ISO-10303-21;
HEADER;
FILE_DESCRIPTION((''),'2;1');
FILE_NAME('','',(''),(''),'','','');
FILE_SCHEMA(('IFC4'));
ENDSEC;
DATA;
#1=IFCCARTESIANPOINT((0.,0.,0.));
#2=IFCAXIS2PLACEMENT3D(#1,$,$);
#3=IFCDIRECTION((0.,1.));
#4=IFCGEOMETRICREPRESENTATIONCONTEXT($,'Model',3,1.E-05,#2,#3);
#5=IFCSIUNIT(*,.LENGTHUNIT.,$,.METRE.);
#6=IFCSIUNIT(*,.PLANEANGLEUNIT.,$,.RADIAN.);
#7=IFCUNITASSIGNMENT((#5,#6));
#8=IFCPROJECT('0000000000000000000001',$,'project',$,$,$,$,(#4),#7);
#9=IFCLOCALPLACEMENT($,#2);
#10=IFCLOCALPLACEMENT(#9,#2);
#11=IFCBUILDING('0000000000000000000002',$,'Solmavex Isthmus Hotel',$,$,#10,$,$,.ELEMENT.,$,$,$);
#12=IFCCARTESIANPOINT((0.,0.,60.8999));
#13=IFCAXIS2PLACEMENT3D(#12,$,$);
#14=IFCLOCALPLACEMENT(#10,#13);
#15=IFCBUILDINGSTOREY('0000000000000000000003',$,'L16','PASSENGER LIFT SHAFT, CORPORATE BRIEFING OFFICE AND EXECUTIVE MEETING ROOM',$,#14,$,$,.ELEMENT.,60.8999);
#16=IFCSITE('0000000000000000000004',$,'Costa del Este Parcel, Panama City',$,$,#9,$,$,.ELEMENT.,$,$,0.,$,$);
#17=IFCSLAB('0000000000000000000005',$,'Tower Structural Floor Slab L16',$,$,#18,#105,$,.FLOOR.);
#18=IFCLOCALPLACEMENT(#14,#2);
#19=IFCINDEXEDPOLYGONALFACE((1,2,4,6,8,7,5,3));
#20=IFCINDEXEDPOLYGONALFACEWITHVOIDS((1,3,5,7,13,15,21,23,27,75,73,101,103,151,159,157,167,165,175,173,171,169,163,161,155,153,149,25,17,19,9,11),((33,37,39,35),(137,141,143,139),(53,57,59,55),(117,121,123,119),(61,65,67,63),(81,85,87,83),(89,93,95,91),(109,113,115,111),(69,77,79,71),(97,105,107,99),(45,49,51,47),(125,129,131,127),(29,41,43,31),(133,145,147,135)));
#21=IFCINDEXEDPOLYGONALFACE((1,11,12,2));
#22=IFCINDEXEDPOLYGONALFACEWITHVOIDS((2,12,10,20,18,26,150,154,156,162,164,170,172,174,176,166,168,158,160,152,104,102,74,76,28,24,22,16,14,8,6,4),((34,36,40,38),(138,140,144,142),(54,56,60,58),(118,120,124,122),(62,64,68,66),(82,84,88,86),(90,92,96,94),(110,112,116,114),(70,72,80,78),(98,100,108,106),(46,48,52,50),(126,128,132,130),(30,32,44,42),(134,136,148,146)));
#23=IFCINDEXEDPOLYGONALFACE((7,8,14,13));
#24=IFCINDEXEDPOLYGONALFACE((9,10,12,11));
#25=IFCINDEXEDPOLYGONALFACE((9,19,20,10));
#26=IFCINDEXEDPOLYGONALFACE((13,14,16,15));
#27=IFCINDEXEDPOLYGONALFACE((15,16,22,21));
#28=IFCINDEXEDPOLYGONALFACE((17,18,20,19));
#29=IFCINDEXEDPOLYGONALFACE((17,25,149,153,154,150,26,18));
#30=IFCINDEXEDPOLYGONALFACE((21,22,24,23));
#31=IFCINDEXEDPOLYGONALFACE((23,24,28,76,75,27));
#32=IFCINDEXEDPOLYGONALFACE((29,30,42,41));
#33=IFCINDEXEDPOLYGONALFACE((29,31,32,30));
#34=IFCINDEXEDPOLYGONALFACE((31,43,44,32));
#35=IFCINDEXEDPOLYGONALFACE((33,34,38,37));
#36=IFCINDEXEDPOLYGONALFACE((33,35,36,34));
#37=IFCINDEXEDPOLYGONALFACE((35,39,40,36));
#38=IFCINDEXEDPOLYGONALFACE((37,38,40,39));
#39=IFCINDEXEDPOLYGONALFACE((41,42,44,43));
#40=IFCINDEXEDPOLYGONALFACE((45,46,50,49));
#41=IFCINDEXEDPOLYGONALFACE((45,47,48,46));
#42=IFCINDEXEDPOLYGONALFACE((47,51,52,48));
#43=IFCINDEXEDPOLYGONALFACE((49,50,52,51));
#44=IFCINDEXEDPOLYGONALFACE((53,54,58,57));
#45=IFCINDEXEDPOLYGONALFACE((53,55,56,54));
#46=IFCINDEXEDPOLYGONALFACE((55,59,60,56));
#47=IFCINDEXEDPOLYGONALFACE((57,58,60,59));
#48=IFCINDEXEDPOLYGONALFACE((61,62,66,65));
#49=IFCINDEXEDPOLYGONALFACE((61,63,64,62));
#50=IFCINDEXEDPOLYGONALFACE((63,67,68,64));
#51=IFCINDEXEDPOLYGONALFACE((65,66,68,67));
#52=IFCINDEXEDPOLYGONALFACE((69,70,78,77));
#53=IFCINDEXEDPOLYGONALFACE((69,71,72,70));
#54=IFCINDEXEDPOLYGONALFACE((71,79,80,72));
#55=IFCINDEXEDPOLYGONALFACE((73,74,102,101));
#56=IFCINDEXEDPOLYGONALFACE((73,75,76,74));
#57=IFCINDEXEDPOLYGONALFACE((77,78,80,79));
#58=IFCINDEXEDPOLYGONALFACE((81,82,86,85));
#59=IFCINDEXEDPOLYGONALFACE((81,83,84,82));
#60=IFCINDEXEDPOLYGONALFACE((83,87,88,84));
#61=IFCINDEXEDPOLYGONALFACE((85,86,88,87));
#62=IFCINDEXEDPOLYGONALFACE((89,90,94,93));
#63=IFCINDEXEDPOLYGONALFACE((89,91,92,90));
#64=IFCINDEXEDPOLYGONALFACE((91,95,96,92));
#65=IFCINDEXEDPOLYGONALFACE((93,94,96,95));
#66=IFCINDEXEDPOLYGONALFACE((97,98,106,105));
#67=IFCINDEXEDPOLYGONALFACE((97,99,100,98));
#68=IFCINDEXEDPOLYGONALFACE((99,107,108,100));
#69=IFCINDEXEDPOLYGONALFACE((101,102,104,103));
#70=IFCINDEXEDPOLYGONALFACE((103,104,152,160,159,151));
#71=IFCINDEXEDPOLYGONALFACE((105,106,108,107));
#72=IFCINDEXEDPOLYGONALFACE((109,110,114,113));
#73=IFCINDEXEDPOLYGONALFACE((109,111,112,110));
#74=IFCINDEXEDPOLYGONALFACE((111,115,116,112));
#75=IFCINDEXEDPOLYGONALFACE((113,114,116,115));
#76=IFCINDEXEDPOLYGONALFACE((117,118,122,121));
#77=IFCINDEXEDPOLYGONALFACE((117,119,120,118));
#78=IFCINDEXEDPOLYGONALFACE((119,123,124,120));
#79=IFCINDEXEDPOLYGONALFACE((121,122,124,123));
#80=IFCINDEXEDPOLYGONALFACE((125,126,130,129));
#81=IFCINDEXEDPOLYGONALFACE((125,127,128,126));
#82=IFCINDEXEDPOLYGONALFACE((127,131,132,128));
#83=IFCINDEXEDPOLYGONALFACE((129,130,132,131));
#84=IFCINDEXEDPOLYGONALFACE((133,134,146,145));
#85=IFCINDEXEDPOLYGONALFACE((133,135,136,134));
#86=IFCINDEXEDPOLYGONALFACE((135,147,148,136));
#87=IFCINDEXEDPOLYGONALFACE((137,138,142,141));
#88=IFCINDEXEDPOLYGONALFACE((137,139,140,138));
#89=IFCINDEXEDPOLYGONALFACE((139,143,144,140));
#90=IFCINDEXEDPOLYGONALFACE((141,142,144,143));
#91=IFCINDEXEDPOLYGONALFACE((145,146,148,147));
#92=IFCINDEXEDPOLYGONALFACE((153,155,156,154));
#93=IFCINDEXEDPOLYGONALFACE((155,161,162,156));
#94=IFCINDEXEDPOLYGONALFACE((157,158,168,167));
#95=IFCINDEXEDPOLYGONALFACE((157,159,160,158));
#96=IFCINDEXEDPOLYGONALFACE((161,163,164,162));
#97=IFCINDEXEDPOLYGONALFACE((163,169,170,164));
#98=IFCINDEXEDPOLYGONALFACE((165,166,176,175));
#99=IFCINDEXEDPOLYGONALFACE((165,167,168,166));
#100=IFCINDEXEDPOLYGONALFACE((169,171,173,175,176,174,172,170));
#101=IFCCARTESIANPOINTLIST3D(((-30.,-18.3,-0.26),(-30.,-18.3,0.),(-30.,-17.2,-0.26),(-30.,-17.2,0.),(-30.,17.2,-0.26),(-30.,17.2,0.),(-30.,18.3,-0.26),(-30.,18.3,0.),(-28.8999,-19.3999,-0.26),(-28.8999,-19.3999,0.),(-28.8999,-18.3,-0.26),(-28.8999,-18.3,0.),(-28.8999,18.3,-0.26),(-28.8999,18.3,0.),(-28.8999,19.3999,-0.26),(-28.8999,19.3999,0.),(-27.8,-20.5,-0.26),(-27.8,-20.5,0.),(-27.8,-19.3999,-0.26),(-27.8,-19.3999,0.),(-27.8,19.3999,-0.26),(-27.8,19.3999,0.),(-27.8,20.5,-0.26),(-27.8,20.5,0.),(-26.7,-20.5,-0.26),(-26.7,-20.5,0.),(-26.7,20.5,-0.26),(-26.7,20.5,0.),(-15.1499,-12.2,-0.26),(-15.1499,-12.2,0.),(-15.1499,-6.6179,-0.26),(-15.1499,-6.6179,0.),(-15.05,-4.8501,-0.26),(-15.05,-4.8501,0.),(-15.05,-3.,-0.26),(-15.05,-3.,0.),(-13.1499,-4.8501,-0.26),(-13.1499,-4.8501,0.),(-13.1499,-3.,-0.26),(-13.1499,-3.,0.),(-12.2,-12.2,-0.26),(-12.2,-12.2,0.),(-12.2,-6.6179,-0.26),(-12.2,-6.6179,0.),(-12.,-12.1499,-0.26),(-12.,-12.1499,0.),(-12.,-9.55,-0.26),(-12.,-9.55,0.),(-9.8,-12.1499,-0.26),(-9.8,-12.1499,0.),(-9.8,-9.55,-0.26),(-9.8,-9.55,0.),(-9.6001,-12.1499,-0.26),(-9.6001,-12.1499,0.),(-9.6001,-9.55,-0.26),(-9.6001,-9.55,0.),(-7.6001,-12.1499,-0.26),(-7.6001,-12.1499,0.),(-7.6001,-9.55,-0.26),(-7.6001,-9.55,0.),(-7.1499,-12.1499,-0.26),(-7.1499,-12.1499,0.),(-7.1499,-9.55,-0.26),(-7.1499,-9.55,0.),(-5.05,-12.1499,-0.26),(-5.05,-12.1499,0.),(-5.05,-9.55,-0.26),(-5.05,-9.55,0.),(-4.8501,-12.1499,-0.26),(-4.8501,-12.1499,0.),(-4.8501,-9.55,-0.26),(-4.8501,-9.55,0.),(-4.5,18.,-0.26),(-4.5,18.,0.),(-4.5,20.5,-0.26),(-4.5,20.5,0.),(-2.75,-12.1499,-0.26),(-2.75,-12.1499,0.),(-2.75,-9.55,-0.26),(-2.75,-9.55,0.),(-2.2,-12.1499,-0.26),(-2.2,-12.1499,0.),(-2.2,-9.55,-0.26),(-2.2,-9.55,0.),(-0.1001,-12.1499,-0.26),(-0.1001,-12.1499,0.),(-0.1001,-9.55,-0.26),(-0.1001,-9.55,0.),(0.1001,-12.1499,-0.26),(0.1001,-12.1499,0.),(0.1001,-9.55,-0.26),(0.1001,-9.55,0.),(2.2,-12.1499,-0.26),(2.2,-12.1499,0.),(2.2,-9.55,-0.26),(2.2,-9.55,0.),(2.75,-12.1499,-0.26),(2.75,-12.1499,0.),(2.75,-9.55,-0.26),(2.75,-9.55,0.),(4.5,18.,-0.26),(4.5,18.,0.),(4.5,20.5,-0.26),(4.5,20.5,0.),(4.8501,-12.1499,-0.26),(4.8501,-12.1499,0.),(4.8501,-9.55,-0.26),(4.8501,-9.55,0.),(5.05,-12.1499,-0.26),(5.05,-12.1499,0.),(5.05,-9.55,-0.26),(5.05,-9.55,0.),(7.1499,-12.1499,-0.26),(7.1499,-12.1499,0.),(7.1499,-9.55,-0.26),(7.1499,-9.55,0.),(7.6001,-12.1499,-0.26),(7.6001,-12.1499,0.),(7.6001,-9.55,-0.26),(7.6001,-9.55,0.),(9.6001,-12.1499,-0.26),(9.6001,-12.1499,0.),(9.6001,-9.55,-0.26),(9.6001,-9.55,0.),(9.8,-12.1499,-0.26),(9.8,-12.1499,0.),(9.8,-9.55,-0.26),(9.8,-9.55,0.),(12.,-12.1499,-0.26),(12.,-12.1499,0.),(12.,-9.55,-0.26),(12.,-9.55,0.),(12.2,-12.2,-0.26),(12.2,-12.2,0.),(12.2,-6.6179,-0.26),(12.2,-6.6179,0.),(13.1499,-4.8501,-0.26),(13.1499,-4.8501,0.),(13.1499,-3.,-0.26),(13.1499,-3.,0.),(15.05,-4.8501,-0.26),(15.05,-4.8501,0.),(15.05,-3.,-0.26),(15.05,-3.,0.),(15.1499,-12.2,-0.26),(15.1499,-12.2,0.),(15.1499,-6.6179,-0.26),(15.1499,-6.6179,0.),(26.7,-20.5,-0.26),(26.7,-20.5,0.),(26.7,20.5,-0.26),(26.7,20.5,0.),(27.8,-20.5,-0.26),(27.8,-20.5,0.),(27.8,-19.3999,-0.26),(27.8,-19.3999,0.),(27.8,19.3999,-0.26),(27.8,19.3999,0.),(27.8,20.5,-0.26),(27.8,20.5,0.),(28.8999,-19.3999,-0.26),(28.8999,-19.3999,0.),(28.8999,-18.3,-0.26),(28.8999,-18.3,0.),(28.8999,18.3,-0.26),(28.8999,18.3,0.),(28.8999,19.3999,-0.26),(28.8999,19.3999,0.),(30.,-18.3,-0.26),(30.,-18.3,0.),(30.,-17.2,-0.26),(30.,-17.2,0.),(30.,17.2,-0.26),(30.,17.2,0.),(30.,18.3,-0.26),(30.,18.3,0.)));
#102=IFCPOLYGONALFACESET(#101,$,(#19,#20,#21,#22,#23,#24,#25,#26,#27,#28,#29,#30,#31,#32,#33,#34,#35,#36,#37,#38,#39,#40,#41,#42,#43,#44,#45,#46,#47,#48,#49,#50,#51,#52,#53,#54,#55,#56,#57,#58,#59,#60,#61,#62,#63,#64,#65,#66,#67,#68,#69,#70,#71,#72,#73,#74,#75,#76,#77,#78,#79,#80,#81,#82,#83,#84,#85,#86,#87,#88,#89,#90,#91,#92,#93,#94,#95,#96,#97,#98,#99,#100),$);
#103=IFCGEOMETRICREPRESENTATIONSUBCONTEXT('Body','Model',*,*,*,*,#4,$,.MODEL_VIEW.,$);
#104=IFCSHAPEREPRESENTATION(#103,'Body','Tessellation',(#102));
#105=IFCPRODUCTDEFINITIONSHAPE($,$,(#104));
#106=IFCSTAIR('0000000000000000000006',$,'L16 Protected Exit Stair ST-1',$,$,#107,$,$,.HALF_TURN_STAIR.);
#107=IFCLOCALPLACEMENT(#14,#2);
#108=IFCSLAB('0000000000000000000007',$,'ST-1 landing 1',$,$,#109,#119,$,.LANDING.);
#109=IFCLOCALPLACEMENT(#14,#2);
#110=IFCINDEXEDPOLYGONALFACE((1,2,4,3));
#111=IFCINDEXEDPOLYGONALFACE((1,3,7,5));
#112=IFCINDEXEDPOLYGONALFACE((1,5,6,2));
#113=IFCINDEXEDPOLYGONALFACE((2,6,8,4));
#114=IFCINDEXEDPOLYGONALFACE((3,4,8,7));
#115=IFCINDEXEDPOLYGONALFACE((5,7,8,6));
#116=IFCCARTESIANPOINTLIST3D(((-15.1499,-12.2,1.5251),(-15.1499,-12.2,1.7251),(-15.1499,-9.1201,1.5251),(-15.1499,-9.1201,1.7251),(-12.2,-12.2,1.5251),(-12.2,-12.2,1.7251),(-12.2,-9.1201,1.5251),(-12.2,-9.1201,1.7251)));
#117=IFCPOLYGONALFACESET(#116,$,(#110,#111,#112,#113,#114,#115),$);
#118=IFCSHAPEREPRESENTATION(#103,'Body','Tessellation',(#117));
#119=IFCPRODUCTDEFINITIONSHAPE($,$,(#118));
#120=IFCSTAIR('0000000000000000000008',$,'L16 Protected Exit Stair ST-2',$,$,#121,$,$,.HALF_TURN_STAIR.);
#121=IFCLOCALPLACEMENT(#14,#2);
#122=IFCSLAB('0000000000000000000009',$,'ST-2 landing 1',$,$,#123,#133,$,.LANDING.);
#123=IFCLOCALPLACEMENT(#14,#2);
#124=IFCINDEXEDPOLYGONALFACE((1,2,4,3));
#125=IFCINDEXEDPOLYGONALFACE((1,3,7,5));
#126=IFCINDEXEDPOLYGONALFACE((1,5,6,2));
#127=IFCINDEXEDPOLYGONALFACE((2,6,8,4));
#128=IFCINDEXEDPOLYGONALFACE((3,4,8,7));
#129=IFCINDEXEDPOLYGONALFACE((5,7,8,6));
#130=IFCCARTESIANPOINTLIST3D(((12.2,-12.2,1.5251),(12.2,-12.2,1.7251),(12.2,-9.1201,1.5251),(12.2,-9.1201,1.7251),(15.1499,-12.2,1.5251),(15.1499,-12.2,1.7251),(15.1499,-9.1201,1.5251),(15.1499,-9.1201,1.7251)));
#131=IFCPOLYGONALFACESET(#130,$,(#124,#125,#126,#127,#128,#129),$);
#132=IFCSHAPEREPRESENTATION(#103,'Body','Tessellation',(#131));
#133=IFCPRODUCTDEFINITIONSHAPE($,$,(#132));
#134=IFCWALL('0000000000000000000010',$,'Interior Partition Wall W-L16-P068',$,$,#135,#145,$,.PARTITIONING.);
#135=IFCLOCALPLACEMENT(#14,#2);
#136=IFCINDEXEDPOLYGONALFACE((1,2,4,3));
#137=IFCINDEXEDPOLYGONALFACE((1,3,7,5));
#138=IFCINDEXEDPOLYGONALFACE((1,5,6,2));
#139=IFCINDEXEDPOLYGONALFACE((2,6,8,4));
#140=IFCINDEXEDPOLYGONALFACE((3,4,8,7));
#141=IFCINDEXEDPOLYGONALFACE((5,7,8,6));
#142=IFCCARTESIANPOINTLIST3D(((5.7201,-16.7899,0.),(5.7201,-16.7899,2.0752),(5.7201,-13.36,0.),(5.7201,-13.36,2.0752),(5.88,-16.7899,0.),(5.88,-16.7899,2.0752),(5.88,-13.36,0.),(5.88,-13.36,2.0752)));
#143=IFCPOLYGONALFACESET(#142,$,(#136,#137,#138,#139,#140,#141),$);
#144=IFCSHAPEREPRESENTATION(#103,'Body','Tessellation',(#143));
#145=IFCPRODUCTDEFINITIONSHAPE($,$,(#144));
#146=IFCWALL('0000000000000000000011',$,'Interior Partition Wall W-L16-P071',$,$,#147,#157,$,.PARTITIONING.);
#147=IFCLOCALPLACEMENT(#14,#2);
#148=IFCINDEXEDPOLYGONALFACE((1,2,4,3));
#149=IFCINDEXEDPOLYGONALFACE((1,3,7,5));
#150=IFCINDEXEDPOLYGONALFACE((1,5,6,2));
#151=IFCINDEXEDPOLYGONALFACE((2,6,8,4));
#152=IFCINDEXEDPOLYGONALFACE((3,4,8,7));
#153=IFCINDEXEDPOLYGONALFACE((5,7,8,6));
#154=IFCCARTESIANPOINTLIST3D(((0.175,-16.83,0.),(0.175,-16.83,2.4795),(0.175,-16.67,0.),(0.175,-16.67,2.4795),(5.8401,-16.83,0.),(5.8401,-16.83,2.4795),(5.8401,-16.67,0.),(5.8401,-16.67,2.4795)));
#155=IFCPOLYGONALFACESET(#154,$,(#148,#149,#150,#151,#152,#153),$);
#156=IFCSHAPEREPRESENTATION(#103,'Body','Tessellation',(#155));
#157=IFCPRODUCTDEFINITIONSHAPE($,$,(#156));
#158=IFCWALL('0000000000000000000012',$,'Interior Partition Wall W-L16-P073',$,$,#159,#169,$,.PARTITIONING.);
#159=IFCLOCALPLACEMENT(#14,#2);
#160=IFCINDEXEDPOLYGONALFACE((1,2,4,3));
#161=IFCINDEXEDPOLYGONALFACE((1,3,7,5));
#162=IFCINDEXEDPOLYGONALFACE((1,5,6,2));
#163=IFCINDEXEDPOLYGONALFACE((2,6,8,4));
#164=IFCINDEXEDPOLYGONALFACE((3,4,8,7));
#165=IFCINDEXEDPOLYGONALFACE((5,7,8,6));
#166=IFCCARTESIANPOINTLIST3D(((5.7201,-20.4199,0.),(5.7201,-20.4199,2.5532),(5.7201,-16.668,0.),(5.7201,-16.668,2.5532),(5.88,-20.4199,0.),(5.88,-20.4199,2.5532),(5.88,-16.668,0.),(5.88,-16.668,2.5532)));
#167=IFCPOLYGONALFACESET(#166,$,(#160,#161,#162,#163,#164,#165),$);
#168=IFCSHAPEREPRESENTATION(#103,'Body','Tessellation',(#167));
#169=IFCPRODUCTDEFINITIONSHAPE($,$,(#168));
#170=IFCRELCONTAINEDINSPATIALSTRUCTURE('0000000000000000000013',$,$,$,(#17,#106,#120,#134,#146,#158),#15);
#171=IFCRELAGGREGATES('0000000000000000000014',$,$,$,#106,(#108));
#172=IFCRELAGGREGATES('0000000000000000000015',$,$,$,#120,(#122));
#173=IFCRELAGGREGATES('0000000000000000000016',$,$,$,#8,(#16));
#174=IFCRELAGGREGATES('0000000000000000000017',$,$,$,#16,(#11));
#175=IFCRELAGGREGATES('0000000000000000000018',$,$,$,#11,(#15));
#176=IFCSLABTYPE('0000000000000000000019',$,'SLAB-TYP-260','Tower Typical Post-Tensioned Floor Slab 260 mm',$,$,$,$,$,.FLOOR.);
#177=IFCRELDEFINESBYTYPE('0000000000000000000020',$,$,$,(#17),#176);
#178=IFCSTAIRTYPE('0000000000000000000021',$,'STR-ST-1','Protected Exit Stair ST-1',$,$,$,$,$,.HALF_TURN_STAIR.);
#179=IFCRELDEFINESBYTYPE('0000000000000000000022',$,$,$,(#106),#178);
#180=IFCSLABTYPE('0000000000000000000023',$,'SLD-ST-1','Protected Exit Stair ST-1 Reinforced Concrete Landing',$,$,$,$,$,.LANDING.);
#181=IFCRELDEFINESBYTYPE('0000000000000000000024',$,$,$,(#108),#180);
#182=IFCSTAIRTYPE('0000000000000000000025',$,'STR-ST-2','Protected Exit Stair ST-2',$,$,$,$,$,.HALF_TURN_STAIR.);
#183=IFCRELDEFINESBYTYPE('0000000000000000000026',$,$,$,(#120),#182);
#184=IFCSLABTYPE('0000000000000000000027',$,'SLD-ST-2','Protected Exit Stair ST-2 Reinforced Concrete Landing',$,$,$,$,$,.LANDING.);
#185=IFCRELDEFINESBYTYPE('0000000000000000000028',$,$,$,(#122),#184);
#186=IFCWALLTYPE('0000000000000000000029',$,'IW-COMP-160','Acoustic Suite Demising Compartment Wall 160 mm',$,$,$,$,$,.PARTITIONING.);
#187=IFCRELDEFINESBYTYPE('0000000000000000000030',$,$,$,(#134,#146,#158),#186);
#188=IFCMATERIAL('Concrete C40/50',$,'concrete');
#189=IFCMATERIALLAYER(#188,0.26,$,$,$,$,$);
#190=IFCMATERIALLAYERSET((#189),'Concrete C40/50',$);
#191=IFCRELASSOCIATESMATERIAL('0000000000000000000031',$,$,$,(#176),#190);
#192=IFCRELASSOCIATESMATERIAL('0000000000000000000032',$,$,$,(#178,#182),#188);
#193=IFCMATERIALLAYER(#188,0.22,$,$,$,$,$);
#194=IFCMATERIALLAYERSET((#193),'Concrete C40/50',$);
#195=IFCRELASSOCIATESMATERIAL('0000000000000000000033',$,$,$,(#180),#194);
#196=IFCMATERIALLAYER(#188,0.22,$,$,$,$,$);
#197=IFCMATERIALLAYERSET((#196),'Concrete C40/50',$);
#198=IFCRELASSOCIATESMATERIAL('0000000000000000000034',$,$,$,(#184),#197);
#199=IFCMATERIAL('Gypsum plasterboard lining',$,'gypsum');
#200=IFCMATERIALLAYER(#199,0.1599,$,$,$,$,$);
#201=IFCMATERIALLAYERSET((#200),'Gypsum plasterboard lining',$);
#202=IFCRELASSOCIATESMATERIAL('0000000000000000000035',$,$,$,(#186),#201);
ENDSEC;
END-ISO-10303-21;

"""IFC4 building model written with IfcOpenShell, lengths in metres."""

from ifc_helpers import new_model, si_unit, direction, frame, frame_2d, origin, place, context, subcontext, project, spatial, polyline, rectangle, outline, extrude, material, layer, layer_set, type_object, element, aggregate, save


model = new_model("IFC4")

# Units and contexts
model_context = context("Model", 3, precision=1e-05, world=origin(), true_north=direction((0.0, 1.0)))
body_context = subcontext(model_context, "Body", "Model", "MODEL_VIEW")
ifc_project = project(units=[si_unit("LENGTHUNIT", "METRE"), si_unit("PLANEANGLEUNIT", "RADIAN")], contexts=[model_context])

# Site, building, storey
site_placement = place(None, origin())
site = spatial("IfcSite", under=ifc_project, at=site_placement, Name="Costa del Este Parcel, Panama City", CompositionType="ELEMENT", RefElevation=0.0)
building_placement = place(site_placement, origin())
building = spatial("IfcBuilding", under=site, at=building_placement, Name="Solmavex Isthmus Hotel", CompositionType="ELEMENT")
storey_placement = place(building_placement, frame((0.0, 0.0, 60.8999)))
storey = spatial("IfcBuildingStorey", under=building, at=storey_placement, Name="L16", Description="PASSENGER LIFT SHAFT, CORPORATE BRIEFING OFFICE AND EXECUTIVE MEETING ROOM", CompositionType="ELEMENT", Elevation=60.8999)

# Slab
ifc_material_1 = material(Name="Concrete C40/50", Category="concrete")
ifc_layer_1 = layer(ifc_material_1, 0.26)
ifc_layer_set_1 = layer_set([ifc_layer_1], Name="Concrete C40/50")
slab_type_1 = type_object("IfcSlabType", Name="SLAB-TYP-260", Description="Tower Typical Post-Tensioned Floor Slab 260 mm", PredefinedType="FLOOR", material=ifc_layer_set_1)
slab_1_placement = place(storey_placement, frame((0.0, 0.0, -0.26)))
element("IfcSlab", 1, at=slab_1_placement, inside=storey, type_object=slab_type_1, Name="Tower Structural Floor Slab L16", PredefinedType="FLOOR", context=body_context, shape_type="SweptSolid", body=[
    extrude(outline(polyline([(4.5, 20.5), (4.5, 18.0), (-4.5, 18.0), (-4.5, 20.5), (-26.7, 20.5), (-27.8, 20.5), (-27.8, 19.3999), (-28.8999, 19.3999), (-28.8999, 18.3), (-30.0, 18.3), (-30.0, 17.2), (-30.0, -17.2), (-30.0, -18.3), (-28.8999, -18.3), (-28.8999, -19.3999), (-27.8, -19.3999), (-27.8, -20.5), (-26.7, -20.5), (26.7, -20.5), (27.8, -20.5), (27.8, -19.3999), (28.8999, -19.3999), (28.8999, -18.3), (30.0, -18.3), (30.0, -17.2), (30.0, 17.2), (30.0, 18.3), (28.8999, 18.3), (28.8999, 19.3999), (27.8, 19.3999), (27.8, 20.5), (26.7, 20.5), (4.5, 20.5)]), holes=[polyline([(-15.1499, -6.6179), (-15.1499, -12.2), (-12.2, -12.2), (-12.2, -6.6179), (-15.1499, -6.6179)]), polyline([(12.2, -6.6179), (12.2, -12.2), (15.1499, -12.2), (15.1499, -6.6179), (12.2, -6.6179)]), polyline([(-12.0, -12.1499), (-9.8, -12.1499), (-9.8, -9.55), (-12.0, -9.55), (-12.0, -12.1499)]), polyline([(9.8, -12.1499), (12.0, -12.1499), (12.0, -9.55), (9.8, -9.55), (9.8, -12.1499)]), polyline([(-9.6001, -12.1499), (-7.6001, -12.1499), (-7.6001, -9.55), (-9.6001, -9.55), (-9.6001, -12.1499)]), polyline([(7.6001, -12.1499), (9.6001, -12.1499), (9.6001, -9.55), (7.6001, -9.55), (7.6001, -12.1499)]), polyline([(-7.1499, -12.1499), (-5.05, -12.1499), (-5.05, -9.55), (-7.1499, -9.55), (-7.1499, -12.1499)]), polyline([(-4.8501, -12.1499), (-2.75, -12.1499), (-2.75, -9.55), (-4.8501, -9.55), (-4.8501, -12.1499)]), polyline([(-2.2, -12.1499), (-0.1001, -12.1499), (-0.1001, -9.55), (-2.2, -9.55), (-2.2, -12.1499)]), polyline([(0.1001, -12.1499), (2.2, -12.1499), (2.2, -9.55), (0.1001, -9.55), (0.1001, -12.1499)]), polyline([(2.75, -12.1499), (4.8501, -12.1499), (4.8501, -9.55), (2.75, -9.55), (2.75, -12.1499)]), polyline([(5.05, -12.1499), (7.1499, -12.1499), (7.1499, -9.55), (5.05, -9.55), (5.05, -12.1499)]), polyline([(-15.05, -4.8501), (-13.1499, -4.8501), (-13.1499, -3.0), (-15.05, -3.0), (-15.05, -4.8501)]), polyline([(13.1499, -4.8501), (15.05, -4.8501), (15.05, -3.0), (13.1499, -3.0), (13.1499, -4.8501)])]), origin(), (0.0, 0.0, 1.0), 0.26),
])

# Stairs, slabs
stair_type_1 = type_object("IfcStairType", Name="STR-ST-1", Description="Protected Exit Stair ST-1", PredefinedType="HALF_TURN_STAIR", material=ifc_material_1)
stair_1_placement = place(storey_placement, origin())
stair_1 = element("IfcStair", 2, at=stair_1_placement, inside=storey, type_object=stair_type_1, Name="L16 Protected Exit Stair ST-1", PredefinedType="HALF_TURN_STAIR")
ifc_layer_2 = layer(ifc_material_1, 0.22)
ifc_layer_set_2 = layer_set([ifc_layer_2], Name="Concrete C40/50")
slab_type_2 = type_object("IfcSlabType", Name="SLD-ST-1", Description="Protected Exit Stair ST-1 Reinforced Concrete Landing", PredefinedType="LANDING", material=ifc_layer_set_2)
slab_2_placement = place(storey_placement, frame((0.0, 0.0, 1.5251)))
slab_2 = element("IfcSlab", 3, at=slab_2_placement, type_object=slab_type_2, Name="ST-1 landing 1", PredefinedType="LANDING", context=body_context, shape_type="SweptSolid", body=[
    extrude(outline(polyline([(-15.1499, -9.1201), (-15.1499, -12.2), (-12.2, -12.2), (-12.2, -9.1201), (-15.1499, -9.1201)])), origin(), (0.0, 0.0, 1.0), 0.2),
])
aggregate(stair_1, [slab_2])
stair_type_2 = type_object("IfcStairType", Name="STR-ST-2", Description="Protected Exit Stair ST-2", PredefinedType="HALF_TURN_STAIR", material=ifc_material_1)
stair_2_placement = place(storey_placement, origin())
stair_2 = element("IfcStair", 4, at=stair_2_placement, inside=storey, type_object=stair_type_2, Name="L16 Protected Exit Stair ST-2", PredefinedType="HALF_TURN_STAIR")
ifc_layer_3 = layer(ifc_material_1, 0.22)
ifc_layer_set_3 = layer_set([ifc_layer_3], Name="Concrete C40/50")
slab_type_3 = type_object("IfcSlabType", Name="SLD-ST-2", Description="Protected Exit Stair ST-2 Reinforced Concrete Landing", PredefinedType="LANDING", material=ifc_layer_set_3)
slab_3_placement = place(storey_placement, frame((0.0, 0.0, 1.5251)))
slab_3 = element("IfcSlab", 5, at=slab_3_placement, type_object=slab_type_3, Name="ST-2 landing 1", PredefinedType="LANDING", context=body_context, shape_type="SweptSolid", body=[
    extrude(outline(polyline([(12.2, -9.1201), (12.2, -12.2), (15.1499, -12.2), (15.1499, -9.1201), (12.2, -9.1201)])), origin(), (0.0, 0.0, 1.0), 0.2),
])
aggregate(stair_2, [slab_3])

# Walls
ifc_material_2 = material(Name="Gypsum plasterboard lining", Category="gypsum")
ifc_layer_4 = layer(ifc_material_2, 0.1599)
ifc_layer_set_4 = layer_set([ifc_layer_4], Name="Gypsum plasterboard lining")
wall_type_1 = type_object("IfcWallType", Name="IW-COMP-160", Description="Acoustic Suite Demising Compartment Wall 160 mm", PredefinedType="PARTITIONING", material=ifc_layer_set_4)
wall_1_placement = place(storey_placement, frame((5.8, -13.3601, 0.0), z_axis=(0.0, 0.0, 1.0), x_axis=(0.0, -1.0, 0.0)))
element("IfcWall", 6, at=wall_1_placement, inside=storey, type_object=wall_type_1, Name="Interior Partition Wall W-L16-P068", PredefinedType="PARTITIONING", context=body_context, shape_type="SweptSolid", body=[
    extrude(rectangle(XDim=3.4299, YDim=0.1599, at=frame_2d((1.7148, 0.0))), origin(), (0.0, 0.0, 1.0), 2.0752),
])
wall_2_placement = place(storey_placement, frame((5.8401, -16.75, 0.0), z_axis=(0.0, 0.0, 1.0), x_axis=(-1.0, 0.0, 0.0)))
element("IfcWall", 7, at=wall_2_placement, inside=storey, type_object=wall_type_1, Name="Interior Partition Wall W-L16-P071", PredefinedType="PARTITIONING", context=body_context, shape_type="SweptSolid", body=[
    extrude(rectangle(XDim=5.665, YDim=0.1599, at=frame_2d((2.8325, 0.0))), origin(), (0.0, 0.0, 1.0), 2.4795),
])
wall_3_placement = place(storey_placement, frame((5.8, -20.4199, 0.0), z_axis=(0.0, 0.0, 1.0), x_axis=(0.0, 1.0, 0.0)))
element("IfcWall", 8, at=wall_3_placement, inside=storey, type_object=wall_type_1, Name="Interior Partition Wall W-L16-P073", PredefinedType="PARTITIONING", context=body_context, shape_type="SweptSolid", body=[
    extrude(rectangle(XDim=3.752, YDim=0.1599, at=frame_2d((1.876, 0.0))), origin(), (0.0, 0.0, 1.0), 2.5532),
])

save(model, "model.ifc")
